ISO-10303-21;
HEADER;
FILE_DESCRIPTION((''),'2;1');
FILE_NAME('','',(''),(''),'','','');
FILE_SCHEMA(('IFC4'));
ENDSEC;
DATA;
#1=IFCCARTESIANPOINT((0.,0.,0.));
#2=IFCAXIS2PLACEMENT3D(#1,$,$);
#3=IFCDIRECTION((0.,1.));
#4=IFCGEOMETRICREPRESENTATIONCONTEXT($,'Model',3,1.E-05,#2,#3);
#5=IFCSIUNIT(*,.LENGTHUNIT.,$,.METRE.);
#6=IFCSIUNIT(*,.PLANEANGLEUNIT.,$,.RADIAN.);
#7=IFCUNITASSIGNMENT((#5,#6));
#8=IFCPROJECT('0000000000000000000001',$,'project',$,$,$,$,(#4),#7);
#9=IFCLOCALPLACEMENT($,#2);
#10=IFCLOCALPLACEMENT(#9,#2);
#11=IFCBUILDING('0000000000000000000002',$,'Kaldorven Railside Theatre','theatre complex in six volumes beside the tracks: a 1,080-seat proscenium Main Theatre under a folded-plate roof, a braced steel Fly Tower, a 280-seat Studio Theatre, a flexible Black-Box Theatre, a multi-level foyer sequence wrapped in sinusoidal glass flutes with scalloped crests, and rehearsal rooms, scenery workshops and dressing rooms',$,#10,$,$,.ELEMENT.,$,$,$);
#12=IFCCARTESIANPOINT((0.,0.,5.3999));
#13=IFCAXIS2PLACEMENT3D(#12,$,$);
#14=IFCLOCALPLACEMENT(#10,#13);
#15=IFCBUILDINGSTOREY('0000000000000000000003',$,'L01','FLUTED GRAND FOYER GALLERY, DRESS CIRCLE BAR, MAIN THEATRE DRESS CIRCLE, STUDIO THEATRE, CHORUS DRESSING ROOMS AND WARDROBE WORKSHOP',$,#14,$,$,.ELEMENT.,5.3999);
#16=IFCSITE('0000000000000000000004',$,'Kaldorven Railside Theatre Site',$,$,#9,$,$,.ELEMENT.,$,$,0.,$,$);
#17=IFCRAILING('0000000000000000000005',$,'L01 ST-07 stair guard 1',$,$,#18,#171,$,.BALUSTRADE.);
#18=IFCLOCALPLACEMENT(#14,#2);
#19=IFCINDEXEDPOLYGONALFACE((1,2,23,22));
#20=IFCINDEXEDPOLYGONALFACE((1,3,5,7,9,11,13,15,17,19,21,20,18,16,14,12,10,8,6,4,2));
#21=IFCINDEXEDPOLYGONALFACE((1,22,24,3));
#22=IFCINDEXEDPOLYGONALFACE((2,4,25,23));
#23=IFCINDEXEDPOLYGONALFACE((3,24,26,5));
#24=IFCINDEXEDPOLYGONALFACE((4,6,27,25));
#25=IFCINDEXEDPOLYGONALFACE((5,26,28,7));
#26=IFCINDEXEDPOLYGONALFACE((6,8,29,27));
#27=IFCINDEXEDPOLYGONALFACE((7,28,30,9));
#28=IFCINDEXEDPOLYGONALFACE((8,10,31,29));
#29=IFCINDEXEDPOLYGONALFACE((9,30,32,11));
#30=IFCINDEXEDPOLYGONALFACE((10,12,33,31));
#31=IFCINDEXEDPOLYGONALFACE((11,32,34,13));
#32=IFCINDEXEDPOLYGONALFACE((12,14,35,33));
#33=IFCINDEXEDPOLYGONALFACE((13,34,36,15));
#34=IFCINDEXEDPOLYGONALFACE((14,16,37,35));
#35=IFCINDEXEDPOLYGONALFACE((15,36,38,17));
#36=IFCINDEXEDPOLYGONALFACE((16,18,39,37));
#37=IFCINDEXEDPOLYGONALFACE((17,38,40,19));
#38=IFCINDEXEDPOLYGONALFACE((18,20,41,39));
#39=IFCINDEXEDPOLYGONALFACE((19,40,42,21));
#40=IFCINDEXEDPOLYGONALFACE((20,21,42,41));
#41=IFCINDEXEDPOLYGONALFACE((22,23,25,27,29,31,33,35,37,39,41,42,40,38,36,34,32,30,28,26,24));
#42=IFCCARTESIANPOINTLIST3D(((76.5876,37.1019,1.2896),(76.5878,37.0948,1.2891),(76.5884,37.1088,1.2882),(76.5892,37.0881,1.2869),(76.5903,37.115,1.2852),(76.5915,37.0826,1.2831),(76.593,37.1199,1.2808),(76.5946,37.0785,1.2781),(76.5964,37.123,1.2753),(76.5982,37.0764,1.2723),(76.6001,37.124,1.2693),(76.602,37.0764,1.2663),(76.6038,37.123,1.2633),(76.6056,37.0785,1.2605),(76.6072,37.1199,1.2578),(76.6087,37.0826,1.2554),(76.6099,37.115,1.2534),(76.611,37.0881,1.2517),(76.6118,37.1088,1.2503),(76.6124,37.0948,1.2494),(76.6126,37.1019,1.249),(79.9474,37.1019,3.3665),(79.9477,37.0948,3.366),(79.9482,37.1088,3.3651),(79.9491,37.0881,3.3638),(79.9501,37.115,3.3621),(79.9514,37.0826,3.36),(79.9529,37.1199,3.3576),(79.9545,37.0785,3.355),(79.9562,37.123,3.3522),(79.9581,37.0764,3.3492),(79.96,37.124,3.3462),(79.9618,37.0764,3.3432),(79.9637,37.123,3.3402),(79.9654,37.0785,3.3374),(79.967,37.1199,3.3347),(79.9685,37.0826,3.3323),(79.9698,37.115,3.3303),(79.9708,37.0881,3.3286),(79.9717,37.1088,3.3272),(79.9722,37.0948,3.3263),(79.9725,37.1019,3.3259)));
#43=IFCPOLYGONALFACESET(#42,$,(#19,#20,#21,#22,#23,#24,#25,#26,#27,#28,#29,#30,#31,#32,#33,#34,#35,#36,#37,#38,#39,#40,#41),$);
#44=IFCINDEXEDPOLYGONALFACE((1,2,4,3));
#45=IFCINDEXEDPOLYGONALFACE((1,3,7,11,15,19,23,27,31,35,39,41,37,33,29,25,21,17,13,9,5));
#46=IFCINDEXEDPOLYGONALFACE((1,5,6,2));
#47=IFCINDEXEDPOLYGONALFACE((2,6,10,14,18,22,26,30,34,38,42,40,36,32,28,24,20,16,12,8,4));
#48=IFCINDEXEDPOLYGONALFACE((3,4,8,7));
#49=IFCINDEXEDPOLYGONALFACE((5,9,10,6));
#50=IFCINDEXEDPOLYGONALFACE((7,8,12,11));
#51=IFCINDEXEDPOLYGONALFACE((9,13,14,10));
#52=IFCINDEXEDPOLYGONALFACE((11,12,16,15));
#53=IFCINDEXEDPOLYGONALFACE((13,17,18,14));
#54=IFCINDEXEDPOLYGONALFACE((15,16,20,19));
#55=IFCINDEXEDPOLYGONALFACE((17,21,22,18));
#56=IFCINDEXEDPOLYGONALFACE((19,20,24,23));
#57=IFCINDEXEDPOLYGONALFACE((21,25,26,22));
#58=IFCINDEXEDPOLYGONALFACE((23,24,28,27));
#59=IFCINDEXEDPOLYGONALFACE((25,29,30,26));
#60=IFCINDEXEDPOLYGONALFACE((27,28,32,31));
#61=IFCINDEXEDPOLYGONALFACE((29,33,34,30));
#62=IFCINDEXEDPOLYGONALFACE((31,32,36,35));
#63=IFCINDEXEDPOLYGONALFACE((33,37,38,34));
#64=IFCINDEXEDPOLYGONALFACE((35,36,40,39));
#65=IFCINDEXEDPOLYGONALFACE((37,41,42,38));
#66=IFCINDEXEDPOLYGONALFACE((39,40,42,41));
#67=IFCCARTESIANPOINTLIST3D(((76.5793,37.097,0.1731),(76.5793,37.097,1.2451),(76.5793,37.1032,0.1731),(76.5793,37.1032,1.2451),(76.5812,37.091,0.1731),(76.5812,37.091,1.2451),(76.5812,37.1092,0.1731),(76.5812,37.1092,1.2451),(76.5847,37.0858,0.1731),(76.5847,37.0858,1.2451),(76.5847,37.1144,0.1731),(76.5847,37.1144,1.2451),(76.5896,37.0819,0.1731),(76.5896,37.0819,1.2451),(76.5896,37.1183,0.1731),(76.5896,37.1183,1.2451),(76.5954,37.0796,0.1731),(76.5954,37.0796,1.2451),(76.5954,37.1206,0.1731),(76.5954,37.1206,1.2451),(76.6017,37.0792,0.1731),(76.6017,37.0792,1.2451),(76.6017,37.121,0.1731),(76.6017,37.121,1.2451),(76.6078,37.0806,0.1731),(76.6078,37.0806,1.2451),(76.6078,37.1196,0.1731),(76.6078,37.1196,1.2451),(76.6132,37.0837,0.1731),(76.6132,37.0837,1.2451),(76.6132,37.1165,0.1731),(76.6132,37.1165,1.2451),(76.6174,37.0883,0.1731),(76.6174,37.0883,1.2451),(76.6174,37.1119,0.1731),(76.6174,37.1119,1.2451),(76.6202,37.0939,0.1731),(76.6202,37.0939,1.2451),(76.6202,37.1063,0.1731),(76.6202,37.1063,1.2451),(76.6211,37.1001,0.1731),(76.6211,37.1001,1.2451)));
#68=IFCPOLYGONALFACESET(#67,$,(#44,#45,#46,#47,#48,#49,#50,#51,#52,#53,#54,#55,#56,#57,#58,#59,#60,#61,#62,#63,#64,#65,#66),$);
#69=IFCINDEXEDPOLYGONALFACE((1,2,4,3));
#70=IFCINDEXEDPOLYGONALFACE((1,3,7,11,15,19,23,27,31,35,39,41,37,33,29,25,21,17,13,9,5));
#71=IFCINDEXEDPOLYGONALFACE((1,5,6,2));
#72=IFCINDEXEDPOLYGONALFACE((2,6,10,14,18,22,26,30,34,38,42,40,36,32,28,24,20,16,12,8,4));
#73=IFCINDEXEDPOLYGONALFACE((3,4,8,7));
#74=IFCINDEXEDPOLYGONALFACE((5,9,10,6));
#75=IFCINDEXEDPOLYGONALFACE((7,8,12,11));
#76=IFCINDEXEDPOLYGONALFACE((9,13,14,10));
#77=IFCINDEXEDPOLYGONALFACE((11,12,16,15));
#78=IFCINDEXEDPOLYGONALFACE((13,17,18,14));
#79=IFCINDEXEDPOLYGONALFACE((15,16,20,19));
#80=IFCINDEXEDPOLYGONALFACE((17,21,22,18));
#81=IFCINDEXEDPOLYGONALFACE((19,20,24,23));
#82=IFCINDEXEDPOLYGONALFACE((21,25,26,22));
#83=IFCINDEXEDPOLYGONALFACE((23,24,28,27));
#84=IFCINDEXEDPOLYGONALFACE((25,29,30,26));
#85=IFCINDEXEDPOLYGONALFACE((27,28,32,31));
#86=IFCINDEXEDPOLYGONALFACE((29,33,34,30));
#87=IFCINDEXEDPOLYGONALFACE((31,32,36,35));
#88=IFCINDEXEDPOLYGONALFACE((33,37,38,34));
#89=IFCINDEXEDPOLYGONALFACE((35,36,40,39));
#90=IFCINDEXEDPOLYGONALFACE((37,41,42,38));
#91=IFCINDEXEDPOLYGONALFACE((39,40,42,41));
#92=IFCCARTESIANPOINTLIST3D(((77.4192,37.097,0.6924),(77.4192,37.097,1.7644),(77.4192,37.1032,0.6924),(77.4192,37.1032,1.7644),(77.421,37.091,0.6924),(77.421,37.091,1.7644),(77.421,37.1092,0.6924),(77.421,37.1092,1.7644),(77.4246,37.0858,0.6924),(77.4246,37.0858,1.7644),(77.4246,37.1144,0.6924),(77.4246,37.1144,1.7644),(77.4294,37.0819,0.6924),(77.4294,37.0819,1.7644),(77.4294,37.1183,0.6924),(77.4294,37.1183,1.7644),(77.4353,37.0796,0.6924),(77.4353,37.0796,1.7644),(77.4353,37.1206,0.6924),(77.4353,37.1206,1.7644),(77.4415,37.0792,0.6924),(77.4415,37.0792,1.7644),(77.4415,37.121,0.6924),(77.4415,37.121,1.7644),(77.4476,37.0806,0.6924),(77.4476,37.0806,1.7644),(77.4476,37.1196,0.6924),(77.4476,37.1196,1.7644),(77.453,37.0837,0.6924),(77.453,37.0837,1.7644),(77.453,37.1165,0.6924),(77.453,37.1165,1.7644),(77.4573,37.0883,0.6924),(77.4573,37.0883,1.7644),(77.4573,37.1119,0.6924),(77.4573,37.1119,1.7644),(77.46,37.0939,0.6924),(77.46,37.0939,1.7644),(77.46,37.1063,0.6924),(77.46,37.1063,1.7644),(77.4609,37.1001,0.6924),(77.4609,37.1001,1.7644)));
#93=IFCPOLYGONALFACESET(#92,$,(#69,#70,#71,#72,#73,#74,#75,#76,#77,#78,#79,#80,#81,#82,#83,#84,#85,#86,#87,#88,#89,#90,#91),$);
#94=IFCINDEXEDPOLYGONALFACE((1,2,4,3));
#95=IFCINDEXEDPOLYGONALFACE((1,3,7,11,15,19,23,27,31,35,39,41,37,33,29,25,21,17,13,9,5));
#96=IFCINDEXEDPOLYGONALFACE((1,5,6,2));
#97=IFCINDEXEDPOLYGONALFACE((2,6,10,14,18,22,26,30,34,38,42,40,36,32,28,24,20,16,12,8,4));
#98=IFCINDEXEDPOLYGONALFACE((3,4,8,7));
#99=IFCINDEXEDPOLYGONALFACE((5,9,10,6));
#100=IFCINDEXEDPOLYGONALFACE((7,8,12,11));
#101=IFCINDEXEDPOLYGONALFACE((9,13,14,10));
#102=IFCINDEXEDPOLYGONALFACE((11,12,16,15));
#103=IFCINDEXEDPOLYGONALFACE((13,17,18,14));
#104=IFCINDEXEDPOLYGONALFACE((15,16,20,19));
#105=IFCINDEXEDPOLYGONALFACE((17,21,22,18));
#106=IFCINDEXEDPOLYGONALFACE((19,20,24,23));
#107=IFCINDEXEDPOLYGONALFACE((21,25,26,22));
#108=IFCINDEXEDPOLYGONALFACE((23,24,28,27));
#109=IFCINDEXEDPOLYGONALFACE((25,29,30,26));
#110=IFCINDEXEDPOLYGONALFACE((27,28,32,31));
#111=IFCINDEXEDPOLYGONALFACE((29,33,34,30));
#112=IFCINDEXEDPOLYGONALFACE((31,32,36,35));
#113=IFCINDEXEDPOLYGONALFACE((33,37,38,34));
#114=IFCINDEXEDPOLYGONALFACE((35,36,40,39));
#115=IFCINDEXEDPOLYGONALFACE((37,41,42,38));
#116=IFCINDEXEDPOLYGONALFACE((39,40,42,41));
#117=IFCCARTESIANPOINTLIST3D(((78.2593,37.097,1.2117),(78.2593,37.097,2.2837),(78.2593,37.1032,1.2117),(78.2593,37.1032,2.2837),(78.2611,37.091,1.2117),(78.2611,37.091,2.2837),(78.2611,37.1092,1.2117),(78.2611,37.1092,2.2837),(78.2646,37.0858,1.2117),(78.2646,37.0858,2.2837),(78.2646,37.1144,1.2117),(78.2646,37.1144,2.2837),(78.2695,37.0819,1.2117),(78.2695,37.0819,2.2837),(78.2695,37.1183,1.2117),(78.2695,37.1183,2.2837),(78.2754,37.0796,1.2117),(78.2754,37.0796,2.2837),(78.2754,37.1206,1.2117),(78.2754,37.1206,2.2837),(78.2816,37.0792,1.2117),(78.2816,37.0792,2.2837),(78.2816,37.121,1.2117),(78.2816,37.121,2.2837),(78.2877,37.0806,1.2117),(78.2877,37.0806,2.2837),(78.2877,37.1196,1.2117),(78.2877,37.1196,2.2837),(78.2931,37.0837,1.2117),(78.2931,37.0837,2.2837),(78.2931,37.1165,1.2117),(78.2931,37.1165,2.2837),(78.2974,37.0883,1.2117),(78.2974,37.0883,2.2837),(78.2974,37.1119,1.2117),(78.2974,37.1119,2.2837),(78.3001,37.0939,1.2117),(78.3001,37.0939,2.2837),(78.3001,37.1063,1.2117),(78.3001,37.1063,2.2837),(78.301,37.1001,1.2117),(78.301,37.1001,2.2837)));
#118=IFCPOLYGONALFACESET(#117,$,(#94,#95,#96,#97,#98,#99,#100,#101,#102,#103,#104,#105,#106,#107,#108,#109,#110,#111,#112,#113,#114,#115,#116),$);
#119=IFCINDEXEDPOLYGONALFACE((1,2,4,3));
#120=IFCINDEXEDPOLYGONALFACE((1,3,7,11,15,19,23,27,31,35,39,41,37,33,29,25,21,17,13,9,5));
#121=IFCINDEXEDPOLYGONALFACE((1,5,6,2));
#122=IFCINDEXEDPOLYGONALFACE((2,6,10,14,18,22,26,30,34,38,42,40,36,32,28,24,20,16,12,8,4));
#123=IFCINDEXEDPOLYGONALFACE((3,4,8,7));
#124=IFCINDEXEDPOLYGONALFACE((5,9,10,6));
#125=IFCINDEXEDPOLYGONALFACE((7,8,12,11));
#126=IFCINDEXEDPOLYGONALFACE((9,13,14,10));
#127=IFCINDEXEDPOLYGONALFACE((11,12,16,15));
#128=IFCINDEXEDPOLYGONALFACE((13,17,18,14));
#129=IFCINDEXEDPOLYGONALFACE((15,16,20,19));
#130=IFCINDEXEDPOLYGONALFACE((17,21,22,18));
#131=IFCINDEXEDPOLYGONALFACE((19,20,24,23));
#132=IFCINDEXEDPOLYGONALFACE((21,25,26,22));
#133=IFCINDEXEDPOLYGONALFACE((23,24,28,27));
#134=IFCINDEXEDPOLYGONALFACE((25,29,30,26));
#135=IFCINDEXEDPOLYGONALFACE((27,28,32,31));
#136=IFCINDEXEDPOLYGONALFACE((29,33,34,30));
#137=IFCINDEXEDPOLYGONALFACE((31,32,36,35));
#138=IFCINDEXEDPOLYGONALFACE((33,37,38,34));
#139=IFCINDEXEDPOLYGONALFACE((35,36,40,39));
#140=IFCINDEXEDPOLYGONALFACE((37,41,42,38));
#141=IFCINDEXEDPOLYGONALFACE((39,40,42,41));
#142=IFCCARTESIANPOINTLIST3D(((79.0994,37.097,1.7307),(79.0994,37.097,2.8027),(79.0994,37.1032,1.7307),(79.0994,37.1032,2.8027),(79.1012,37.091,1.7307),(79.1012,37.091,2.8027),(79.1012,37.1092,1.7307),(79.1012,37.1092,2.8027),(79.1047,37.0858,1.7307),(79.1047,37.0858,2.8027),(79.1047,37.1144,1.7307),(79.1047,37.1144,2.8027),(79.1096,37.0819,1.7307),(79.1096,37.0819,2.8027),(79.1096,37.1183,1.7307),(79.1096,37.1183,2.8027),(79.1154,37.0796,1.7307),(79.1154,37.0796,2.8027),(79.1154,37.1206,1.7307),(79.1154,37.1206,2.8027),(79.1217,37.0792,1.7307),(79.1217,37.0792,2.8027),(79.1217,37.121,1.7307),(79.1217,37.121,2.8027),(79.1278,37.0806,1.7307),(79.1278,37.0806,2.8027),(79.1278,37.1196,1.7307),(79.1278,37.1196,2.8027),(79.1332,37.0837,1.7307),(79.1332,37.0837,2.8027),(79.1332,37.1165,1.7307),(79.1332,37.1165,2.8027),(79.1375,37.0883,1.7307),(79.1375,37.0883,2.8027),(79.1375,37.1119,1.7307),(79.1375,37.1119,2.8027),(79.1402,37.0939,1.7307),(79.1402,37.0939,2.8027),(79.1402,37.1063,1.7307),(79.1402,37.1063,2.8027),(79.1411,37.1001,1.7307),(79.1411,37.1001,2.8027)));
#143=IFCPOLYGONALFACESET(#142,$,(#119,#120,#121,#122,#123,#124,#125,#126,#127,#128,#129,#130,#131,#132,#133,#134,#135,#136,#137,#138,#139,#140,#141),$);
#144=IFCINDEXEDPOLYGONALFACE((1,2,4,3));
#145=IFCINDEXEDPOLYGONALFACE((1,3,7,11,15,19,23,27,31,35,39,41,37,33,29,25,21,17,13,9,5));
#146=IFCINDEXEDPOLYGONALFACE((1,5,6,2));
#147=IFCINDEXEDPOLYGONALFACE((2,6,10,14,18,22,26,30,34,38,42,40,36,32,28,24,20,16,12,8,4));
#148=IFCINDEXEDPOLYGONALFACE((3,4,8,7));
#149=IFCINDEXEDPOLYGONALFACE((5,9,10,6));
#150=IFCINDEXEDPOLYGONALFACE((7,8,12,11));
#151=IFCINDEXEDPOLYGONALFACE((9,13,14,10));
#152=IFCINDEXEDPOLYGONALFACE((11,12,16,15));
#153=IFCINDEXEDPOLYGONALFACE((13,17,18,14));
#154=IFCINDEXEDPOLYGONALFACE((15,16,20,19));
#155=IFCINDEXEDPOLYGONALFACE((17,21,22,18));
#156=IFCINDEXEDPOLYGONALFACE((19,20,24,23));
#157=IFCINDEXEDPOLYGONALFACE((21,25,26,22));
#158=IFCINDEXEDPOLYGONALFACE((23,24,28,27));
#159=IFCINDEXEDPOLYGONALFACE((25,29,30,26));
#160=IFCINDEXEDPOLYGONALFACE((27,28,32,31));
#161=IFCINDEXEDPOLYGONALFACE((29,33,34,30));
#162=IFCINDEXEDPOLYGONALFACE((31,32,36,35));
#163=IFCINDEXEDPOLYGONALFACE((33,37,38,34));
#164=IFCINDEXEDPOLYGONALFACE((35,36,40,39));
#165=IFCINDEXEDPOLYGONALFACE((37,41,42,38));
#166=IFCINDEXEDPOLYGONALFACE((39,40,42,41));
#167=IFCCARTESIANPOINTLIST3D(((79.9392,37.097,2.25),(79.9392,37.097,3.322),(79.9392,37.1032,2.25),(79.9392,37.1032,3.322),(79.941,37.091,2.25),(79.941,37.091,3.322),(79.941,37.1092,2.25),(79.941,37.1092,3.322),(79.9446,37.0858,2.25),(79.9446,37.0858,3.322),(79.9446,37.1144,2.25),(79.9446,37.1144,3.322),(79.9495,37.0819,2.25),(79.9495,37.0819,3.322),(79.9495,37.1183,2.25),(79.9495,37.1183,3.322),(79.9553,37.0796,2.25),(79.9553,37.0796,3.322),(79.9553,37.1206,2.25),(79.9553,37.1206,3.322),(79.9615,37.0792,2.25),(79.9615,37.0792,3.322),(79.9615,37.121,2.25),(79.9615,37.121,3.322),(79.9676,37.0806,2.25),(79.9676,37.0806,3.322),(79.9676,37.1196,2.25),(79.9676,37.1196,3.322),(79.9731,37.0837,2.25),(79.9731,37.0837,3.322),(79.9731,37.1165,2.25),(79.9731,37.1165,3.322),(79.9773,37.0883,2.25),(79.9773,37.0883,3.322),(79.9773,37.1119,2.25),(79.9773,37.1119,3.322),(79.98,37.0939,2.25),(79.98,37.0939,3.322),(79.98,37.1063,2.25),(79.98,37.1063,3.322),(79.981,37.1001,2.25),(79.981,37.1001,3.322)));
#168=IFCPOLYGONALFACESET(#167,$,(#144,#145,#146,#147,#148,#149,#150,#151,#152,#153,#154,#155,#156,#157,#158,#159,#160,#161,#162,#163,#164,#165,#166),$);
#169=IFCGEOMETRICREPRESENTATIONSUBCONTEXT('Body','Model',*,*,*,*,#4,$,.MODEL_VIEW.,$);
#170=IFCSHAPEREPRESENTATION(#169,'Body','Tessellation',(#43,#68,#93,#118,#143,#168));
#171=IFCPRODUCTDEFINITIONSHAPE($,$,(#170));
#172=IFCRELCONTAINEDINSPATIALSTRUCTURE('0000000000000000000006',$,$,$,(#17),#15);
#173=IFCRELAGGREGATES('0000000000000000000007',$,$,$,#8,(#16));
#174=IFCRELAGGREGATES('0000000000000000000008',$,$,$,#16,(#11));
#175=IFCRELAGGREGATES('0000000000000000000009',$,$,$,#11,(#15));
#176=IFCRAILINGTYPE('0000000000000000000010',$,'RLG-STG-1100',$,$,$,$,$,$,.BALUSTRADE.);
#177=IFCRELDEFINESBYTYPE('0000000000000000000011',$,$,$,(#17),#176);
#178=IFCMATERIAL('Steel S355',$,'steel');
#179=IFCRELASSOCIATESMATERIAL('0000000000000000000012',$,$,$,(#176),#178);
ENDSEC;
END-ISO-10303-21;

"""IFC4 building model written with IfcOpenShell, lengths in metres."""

from ifc_helpers import new_model, si_unit, direction, frame, origin, origin_2d, place, context, subcontext, project, spatial, circle, extrude, material, type_object, element, save


model = new_model("IFC4")

# Units and contexts
model_context = context("Model", 3, precision=1e-05, world=origin(), true_north=direction((0.0, 1.0)))
body_context = subcontext(model_context, "Body", "Model", "MODEL_VIEW")
ifc_project = project(units=[si_unit("LENGTHUNIT", "METRE"), si_unit("PLANEANGLEUNIT", "RADIAN")], contexts=[model_context])

# Site, building, storey
site_placement = place(None, origin())
site = spatial("IfcSite", under=ifc_project, at=site_placement, Name="Kaldorven Railside Theatre Site", CompositionType="ELEMENT", RefElevation=0.0)
building_placement = place(site_placement, origin())
building = spatial("IfcBuilding", under=site, at=building_placement, Name="Kaldorven Railside Theatre", Description="theatre complex in six volumes beside the tracks: a 1,080-seat proscenium Main Theatre under a folded-plate roof, a braced steel Fly Tower, a 280-seat Studio Theatre, a flexible Black-Box Theatre, a multi-level foyer sequence wrapped in sinusoidal glass flutes with scalloped crests, and rehearsal rooms, scenery workshops and dressing rooms", CompositionType="ELEMENT")
storey_placement = place(building_placement, frame((0.0, 0.0, 5.3999)))
storey = spatial("IfcBuildingStorey", under=building, at=storey_placement, Name="L01", Description="FLUTED GRAND FOYER GALLERY, DRESS CIRCLE BAR, MAIN THEATRE DRESS CIRCLE, STUDIO THEATRE, CHORUS DRESSING ROOMS AND WARDROBE WORKSHOP", CompositionType="ELEMENT", Elevation=5.3999)

# Railing
ifc_material_1 = material(Name="Steel S355", Category="steel")
railing_type_1 = type_object("IfcRailingType", Name="RLG-STG-1100", PredefinedType="BALUSTRADE", material=ifc_material_1)
railing_1_placement = place(storey_placement, frame((76.6001, 37.1001, 0.1731)))
element("IfcRailing", 1, at=railing_1_placement, inside=storey, type_object=railing_type_1, Name="L01 ST-07 stair guard 1", PredefinedType="BALUSTRADE", context=body_context, shape_type="SweptSolid", body=[
    extrude(circle(Radius=0.0239, at=origin_2d()), frame((0.0, 0.0, 1.0962), z_axis=(0.850606, 0.0, 0.525803), x_axis=(0.0, 1.0, 0.0)), (0.0, 0.0, 1.0), 3.95),
    extrude(circle(Radius=0.021, at=origin_2d()), origin(), (0.0, 0.0, 1.0), 1.072),
    extrude(circle(Radius=0.021, at=origin_2d()), frame((0.8398, 0.0, 0.5193)), (0.0, 0.0, 1.0), 1.072),
    extrude(circle(Radius=0.021, at=origin_2d()), frame((1.6799, 0.0, 1.0386)), (0.0, 0.0, 1.0), 1.072),
    extrude(circle(Radius=0.021, at=origin_2d()), frame((2.52, 0.0, 1.5576)), (0.0, 0.0, 1.0), 1.072),
    extrude(circle(Radius=0.021, at=origin_2d()), frame((3.3599, 0.0, 2.0769)), (0.0, 0.0, 1.0), 1.072),
])

save(model, "model.ifc")
